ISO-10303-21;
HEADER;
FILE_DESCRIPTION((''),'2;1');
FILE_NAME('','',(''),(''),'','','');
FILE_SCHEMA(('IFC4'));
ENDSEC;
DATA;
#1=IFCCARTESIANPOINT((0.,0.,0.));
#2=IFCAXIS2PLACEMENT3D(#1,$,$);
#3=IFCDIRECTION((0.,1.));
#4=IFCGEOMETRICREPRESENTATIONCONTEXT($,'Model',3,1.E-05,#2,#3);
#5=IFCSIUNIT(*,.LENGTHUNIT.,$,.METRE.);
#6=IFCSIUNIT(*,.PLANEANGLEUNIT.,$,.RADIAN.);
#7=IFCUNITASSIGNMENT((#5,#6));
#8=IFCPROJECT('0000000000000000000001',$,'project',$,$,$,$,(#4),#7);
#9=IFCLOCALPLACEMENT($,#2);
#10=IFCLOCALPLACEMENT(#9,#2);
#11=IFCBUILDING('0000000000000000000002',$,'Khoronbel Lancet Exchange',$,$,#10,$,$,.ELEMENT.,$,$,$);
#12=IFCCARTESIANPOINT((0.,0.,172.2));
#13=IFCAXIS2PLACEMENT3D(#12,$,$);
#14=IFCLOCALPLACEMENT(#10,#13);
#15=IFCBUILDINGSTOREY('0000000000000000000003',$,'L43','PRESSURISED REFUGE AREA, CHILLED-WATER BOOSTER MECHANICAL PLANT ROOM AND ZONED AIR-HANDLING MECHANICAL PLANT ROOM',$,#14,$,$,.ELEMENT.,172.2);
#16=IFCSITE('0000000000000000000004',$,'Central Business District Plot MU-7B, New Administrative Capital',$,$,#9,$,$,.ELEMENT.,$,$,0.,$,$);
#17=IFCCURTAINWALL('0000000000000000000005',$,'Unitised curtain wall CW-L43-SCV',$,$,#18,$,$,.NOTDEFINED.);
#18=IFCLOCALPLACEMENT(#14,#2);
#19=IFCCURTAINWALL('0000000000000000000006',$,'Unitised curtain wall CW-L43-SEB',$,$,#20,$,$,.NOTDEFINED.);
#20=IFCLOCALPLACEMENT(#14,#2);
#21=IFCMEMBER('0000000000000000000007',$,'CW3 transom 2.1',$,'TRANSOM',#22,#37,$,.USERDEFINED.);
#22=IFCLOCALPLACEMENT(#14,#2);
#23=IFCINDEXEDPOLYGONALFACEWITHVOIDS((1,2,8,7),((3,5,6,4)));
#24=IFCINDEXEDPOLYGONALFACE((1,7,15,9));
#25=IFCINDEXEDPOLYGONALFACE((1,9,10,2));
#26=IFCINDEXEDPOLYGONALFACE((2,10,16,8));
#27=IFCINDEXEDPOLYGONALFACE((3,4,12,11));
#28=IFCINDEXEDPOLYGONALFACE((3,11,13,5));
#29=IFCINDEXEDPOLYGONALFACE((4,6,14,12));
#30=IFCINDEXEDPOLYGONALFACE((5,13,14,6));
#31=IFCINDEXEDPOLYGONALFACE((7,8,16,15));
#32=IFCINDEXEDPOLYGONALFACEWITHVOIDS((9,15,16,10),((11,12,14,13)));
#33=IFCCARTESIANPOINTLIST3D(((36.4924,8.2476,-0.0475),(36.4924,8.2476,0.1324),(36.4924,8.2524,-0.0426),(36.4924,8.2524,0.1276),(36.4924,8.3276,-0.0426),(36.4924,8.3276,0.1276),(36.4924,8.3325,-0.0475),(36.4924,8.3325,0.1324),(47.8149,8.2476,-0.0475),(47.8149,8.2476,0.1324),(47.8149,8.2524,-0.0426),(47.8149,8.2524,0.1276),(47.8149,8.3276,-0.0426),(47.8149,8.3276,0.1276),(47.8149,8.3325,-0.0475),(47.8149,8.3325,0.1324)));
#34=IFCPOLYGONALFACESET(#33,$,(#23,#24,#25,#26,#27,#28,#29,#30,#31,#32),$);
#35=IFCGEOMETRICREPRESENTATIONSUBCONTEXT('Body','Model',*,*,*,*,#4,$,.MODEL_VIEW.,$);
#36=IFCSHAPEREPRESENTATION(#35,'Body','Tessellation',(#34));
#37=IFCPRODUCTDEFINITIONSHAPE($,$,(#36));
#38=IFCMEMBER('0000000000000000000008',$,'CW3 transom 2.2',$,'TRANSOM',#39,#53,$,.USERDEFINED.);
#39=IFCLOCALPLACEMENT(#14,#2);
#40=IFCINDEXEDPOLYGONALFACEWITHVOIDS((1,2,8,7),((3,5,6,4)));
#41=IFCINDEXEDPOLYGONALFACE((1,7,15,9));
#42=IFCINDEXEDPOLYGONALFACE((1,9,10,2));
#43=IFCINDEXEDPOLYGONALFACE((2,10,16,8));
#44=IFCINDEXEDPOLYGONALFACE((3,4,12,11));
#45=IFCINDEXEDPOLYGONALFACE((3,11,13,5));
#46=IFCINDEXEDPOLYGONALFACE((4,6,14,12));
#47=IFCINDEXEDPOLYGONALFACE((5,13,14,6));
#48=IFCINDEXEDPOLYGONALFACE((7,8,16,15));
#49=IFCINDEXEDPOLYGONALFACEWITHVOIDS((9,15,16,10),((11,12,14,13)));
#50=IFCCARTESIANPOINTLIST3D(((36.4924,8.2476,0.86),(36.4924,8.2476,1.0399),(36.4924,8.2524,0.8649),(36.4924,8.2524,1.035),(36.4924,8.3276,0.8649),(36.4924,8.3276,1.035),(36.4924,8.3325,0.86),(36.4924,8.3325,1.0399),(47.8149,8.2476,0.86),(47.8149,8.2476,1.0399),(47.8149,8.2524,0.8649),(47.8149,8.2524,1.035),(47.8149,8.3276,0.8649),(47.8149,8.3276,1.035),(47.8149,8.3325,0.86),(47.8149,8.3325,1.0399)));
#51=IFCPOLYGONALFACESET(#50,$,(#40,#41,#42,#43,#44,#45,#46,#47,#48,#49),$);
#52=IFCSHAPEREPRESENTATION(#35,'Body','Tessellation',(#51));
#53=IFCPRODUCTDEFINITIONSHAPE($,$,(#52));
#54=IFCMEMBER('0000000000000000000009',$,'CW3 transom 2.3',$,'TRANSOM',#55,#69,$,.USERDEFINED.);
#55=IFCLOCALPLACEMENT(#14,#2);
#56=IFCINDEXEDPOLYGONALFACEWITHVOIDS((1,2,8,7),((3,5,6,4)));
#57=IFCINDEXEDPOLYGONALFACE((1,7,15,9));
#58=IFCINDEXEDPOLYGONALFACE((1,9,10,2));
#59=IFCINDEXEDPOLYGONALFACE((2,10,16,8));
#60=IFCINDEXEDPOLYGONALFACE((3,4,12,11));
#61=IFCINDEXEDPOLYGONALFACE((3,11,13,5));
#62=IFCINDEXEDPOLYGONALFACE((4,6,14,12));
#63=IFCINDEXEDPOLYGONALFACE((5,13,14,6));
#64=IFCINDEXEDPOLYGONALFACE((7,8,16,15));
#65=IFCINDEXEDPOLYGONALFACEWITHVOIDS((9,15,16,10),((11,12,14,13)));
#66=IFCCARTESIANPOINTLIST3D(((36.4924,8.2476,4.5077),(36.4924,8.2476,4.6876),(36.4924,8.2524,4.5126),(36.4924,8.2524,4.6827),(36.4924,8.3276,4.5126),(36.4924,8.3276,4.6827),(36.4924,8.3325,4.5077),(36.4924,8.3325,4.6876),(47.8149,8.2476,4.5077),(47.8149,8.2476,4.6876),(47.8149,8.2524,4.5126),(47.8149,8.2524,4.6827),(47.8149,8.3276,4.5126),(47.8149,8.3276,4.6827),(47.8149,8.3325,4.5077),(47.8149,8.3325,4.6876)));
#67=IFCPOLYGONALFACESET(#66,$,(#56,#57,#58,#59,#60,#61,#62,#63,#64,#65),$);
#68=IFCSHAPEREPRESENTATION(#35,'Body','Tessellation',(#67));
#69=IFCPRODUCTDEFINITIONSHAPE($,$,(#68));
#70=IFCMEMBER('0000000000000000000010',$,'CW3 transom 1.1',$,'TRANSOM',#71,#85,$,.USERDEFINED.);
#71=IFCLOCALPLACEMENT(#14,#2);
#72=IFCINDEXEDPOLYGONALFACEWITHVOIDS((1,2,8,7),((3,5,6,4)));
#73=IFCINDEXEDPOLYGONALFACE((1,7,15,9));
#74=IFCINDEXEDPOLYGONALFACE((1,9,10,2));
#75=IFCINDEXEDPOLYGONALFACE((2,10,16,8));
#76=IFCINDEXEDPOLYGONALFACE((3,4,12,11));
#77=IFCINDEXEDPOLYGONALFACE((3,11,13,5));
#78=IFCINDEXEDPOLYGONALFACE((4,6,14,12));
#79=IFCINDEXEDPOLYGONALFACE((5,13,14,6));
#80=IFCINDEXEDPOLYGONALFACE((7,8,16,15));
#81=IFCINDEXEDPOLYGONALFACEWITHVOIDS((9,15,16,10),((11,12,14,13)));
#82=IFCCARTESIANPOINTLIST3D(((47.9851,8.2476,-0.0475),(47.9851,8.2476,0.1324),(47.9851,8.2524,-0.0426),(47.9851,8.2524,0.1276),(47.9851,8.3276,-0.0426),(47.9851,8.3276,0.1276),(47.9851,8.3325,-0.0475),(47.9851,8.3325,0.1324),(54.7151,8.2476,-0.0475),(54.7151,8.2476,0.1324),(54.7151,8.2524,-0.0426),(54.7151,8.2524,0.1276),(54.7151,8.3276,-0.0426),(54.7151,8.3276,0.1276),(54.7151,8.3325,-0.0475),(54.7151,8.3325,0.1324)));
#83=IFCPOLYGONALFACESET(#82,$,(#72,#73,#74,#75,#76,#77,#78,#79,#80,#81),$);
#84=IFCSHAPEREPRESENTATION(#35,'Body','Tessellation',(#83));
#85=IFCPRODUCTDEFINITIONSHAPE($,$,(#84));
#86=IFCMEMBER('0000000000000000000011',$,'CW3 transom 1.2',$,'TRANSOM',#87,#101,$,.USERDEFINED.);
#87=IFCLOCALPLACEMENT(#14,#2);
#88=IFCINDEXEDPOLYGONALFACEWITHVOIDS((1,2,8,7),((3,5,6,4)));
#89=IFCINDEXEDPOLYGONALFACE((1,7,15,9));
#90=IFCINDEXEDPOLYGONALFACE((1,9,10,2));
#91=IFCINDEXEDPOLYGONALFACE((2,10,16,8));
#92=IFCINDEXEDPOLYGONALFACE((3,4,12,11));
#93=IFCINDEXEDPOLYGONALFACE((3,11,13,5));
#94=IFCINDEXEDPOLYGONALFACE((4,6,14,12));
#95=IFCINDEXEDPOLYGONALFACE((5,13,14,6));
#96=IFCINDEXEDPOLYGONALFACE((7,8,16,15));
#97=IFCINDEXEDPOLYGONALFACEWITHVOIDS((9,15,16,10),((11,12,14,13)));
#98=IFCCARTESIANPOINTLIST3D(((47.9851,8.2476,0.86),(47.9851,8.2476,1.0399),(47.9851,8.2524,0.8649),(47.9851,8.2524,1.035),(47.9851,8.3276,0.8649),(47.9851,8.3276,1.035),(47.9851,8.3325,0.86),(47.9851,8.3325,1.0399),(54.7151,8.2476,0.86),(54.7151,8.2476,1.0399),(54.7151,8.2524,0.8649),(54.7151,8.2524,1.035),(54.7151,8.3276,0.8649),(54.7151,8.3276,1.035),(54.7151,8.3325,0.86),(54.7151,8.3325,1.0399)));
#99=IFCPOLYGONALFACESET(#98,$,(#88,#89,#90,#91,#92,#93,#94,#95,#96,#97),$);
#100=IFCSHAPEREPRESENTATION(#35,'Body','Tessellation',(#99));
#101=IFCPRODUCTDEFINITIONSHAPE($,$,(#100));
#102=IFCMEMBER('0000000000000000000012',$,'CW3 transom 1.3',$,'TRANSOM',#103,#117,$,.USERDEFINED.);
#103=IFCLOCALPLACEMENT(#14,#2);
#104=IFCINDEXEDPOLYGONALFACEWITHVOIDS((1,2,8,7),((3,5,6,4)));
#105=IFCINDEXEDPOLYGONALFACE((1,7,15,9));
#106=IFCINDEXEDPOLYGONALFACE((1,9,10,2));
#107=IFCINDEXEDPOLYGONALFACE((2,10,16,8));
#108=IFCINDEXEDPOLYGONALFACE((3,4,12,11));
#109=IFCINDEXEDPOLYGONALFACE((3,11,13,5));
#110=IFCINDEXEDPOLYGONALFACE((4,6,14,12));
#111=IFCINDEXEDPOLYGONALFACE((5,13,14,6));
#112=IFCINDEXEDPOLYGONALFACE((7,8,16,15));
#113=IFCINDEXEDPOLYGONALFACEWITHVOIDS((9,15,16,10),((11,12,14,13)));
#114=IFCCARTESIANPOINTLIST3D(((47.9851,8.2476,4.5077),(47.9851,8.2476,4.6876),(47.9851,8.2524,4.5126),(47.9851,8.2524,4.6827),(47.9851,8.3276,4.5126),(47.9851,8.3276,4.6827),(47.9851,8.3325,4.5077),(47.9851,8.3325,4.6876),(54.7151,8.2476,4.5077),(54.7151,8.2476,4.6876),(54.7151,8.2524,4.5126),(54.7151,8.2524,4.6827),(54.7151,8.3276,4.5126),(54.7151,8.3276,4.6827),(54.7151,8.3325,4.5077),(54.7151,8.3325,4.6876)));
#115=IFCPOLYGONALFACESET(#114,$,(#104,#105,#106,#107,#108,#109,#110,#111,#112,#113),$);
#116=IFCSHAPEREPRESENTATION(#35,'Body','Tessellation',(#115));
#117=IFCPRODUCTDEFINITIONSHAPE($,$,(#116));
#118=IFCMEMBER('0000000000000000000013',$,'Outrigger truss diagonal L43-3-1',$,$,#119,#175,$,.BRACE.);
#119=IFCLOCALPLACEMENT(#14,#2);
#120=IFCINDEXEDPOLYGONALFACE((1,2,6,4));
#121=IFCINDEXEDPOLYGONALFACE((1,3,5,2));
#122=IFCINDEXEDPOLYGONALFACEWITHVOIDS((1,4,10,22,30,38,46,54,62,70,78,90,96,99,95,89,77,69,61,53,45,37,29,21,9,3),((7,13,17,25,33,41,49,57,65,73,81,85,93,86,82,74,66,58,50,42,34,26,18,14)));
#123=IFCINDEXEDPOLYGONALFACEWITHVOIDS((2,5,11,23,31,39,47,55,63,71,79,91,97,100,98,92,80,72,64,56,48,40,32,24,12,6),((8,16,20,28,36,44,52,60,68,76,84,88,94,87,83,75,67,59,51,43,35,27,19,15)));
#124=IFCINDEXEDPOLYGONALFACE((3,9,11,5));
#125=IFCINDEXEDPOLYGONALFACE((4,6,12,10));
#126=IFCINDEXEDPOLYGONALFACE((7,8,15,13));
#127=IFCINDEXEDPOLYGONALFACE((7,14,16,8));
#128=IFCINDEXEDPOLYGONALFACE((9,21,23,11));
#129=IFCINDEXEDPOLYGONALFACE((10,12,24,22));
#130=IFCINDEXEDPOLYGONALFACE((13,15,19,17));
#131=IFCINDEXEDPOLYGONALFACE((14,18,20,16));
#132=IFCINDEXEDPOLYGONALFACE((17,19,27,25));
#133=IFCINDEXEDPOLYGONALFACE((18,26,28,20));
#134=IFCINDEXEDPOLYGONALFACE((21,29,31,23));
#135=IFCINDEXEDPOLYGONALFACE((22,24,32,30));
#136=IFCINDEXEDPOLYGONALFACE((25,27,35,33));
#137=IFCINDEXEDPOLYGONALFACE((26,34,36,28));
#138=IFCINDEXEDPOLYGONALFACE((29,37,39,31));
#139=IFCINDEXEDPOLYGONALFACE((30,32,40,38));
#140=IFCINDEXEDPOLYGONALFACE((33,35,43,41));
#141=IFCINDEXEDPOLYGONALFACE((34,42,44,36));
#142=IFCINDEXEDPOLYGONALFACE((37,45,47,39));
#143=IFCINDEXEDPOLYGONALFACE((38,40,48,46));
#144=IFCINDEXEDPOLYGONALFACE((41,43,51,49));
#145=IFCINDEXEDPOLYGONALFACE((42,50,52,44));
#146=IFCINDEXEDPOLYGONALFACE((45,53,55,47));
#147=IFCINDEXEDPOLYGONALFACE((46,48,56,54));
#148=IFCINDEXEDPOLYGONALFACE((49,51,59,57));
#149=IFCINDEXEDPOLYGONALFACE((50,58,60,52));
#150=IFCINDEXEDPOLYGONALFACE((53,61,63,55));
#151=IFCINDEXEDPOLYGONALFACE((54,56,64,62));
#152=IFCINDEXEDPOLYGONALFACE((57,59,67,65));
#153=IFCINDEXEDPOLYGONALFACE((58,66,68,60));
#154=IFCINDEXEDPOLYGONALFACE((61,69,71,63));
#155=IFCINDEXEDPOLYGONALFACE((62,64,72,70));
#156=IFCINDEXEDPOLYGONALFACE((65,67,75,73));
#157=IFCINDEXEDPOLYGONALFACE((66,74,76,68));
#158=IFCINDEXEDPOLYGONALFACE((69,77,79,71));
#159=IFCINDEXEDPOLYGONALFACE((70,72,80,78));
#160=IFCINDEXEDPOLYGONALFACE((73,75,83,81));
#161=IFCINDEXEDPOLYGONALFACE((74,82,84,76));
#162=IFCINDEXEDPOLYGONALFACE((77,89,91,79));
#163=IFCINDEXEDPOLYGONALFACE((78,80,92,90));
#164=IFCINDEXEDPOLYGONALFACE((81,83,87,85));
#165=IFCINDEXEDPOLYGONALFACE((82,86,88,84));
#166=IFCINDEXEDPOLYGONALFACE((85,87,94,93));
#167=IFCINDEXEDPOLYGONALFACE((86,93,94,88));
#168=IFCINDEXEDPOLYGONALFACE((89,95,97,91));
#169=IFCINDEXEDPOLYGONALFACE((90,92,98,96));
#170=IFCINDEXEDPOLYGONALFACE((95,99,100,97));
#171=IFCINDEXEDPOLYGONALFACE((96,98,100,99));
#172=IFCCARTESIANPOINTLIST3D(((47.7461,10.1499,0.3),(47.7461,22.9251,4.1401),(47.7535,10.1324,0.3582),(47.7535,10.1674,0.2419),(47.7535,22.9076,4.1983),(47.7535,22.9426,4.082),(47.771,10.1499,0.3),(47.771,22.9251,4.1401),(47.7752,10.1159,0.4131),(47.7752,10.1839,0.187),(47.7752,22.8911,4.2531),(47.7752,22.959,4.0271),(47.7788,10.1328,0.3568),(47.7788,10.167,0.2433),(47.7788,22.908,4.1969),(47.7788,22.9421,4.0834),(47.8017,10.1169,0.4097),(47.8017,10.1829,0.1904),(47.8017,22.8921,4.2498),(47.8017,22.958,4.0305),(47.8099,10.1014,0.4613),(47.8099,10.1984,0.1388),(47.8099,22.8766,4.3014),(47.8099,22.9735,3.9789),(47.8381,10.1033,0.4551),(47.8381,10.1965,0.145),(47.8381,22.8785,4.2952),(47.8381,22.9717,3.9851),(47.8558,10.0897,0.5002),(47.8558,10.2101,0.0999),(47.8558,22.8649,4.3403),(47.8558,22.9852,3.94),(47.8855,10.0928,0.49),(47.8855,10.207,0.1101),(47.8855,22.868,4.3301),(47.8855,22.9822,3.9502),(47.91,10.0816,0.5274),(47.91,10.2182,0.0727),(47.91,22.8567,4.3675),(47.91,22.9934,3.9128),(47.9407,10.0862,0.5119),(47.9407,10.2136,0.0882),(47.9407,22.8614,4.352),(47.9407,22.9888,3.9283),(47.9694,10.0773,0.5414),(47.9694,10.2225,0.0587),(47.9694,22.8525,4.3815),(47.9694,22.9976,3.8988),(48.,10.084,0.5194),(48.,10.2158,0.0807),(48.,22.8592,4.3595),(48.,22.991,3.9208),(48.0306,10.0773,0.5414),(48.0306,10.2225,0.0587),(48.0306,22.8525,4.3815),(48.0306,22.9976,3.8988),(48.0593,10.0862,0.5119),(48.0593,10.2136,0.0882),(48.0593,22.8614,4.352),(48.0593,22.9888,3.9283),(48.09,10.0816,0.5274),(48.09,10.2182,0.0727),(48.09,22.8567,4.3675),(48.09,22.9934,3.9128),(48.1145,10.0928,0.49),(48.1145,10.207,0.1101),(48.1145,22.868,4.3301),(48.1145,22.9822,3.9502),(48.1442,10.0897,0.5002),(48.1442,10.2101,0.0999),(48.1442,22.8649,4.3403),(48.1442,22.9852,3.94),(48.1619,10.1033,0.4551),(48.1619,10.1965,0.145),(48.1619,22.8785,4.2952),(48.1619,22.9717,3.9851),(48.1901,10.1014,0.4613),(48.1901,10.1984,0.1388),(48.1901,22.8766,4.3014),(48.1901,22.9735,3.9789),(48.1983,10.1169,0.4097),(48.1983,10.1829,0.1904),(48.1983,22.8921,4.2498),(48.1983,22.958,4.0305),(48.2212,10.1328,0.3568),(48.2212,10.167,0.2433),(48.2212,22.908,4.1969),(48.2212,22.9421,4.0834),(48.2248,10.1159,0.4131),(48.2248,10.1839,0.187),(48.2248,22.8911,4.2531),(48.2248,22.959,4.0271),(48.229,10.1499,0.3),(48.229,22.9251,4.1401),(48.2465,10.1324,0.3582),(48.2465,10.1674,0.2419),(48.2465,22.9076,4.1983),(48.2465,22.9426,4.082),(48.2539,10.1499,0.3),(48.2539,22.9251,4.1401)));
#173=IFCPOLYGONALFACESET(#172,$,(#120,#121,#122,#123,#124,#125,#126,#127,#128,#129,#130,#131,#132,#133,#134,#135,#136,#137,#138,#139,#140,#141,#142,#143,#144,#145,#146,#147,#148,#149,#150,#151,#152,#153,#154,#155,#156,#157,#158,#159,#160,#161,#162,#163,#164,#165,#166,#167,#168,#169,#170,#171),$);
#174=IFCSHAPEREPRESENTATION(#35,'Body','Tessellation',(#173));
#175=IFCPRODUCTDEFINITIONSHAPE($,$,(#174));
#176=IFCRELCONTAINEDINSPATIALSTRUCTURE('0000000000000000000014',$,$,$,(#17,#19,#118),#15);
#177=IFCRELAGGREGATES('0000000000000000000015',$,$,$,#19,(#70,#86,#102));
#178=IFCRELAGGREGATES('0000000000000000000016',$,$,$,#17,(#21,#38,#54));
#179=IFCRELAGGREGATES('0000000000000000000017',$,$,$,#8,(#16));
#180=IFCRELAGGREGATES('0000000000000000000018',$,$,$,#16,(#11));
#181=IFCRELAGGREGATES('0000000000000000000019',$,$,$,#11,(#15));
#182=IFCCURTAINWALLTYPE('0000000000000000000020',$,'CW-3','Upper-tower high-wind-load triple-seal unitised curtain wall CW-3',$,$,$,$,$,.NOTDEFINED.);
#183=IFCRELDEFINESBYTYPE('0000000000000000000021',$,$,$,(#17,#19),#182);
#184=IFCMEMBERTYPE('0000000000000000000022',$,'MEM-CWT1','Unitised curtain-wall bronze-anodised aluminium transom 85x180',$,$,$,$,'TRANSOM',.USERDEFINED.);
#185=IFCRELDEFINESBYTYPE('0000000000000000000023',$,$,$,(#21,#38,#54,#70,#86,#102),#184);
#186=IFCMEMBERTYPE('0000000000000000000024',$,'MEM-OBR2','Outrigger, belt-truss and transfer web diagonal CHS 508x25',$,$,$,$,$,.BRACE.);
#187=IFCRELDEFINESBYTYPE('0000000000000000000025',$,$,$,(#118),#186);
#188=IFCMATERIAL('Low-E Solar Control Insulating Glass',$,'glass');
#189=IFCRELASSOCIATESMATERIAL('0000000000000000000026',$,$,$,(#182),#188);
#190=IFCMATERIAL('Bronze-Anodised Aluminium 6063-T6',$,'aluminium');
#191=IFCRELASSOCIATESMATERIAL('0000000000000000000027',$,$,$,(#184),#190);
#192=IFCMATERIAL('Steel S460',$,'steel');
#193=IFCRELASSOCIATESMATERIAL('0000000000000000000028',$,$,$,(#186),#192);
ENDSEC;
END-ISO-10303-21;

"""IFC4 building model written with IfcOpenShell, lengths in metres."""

from ifc_helpers import new_model, si_unit, direction, frame, origin, origin_2d, place, context, subcontext, project, spatial, hollow_rectangle, hollow_circle, extrude, material, material_profile, profile_set, type_object, element, aggregate, save


model = new_model("IFC4")

# Units and contexts
model_context = context("Model", 3, precision=1e-05, world=origin(), true_north=direction((0.0, 1.0)))
body_context = subcontext(model_context, "Body", "Model", "MODEL_VIEW")
ifc_project = project(units=[si_unit("LENGTHUNIT", "METRE"), si_unit("PLANEANGLEUNIT", "RADIAN")], contexts=[model_context])

# Site, building, storey
site_placement = place(None, origin())
site = spatial("IfcSite", under=ifc_project, at=site_placement, Name="Central Business District Plot MU-7B, New Administrative Capital", CompositionType="ELEMENT", RefElevation=0.0)
building_placement = place(site_placement, origin())
building = spatial("IfcBuilding", under=site, at=building_placement, Name="Khoronbel Lancet Exchange", CompositionType="ELEMENT")
storey_placement = place(building_placement, frame((0.0, 0.0, 172.2)))
storey = spatial("IfcBuildingStorey", under=building, at=storey_placement, Name="L43", Description="PRESSURISED REFUGE AREA, CHILLED-WATER BOOSTER MECHANICAL PLANT ROOM AND ZONED AIR-HANDLING MECHANICAL PLANT ROOM", CompositionType="ELEMENT", Elevation=172.2)

# Shared definitions
ifc_material_1 = material(Name="Steel S460", Category="steel")

# Curtain wall
ifc_material_2 = material(Name="Low-E Solar Control Insulating Glass", Category="glass")
curtain_wall_type = type_object("IfcCurtainWallType", Name="CW-3", Description="Upper-tower high-wind-load triple-seal unitised curtain wall CW-3", PredefinedType="NOTDEFINED", material=ifc_material_2)
curtain_wall_1_placement = place(storey_placement, origin())
curtain_wall_1 = element("IfcCurtainWall", 1, at=curtain_wall_1_placement, inside=storey, type_object=curtain_wall_type, Name="Unitised curtain wall CW-L43-SCV", PredefinedType="NOTDEFINED")
ifc_material_3 = material(Name="Bronze-Anodised Aluminium 6063-T6", Category="aluminium")

# Curtain wall
curtain_wall_2_placement = place(storey_placement, origin())
curtain_wall_2 = element("IfcCurtainWall", 2, at=curtain_wall_2_placement, inside=storey, type_object=curtain_wall_type, Name="Unitised curtain wall CW-L43-SEB", PredefinedType="NOTDEFINED")

# Members
ifc_material_profile_1 = material_profile(ifc_material_3, hollow_rectangle(XDim=0.085, YDim=0.1799, WallThickness=0.0049, at=origin_2d()), Name="ALU TRANSOM 85x180")
ifc_profile_set_1 = profile_set([ifc_material_profile_1], Name="Bronze-Anodised Aluminium 6063-T6")
member_type_1 = type_object("IfcMemberType", Name="MEM-CWT1", Description="Unitised curtain-wall bronze-anodised aluminium transom 85x180", ElementType="TRANSOM", PredefinedType="USERDEFINED", material=ifc_profile_set_1)
member_1_placement = place(storey_placement, frame((36.4924, 8.29, 0.0425), z_axis=(1.0, 0.0, 0.0), x_axis=(0.0, 1.0, 0.0)))
member_1 = element("IfcMember", 3, at=member_1_placement, type_object=member_type_1, Name="CW3 transom 2.1", ObjectType="TRANSOM", PredefinedType="USERDEFINED", context=body_context, shape_type="SweptSolid", body=[
    extrude(hollow_rectangle(XDim=0.085, YDim=0.1799, WallThickness=0.0049, at=origin_2d()), origin(), (0.0, 0.0, 1.0), 11.3225),
])
member_2_placement = place(storey_placement, frame((36.4924, 8.29, 0.95), z_axis=(1.0, 0.0, 0.0), x_axis=(0.0, 1.0, 0.0)))
member_2 = element("IfcMember", 4, at=member_2_placement, type_object=member_type_1, Name="CW3 transom 2.2", ObjectType="TRANSOM", PredefinedType="USERDEFINED", context=body_context, shape_type="SweptSolid", body=[
    extrude(hollow_rectangle(XDim=0.085, YDim=0.1799, WallThickness=0.0049, at=origin_2d()), origin(), (0.0, 0.0, 1.0), 11.3225),
])
member_3_placement = place(storey_placement, frame((36.4924, 8.29, 4.5977), z_axis=(1.0, 0.0, 0.0), x_axis=(0.0, 1.0, 0.0)))
member_3 = element("IfcMember", 5, at=member_3_placement, type_object=member_type_1, Name="CW3 transom 2.3", ObjectType="TRANSOM", PredefinedType="USERDEFINED", context=body_context, shape_type="SweptSolid", body=[
    extrude(hollow_rectangle(XDim=0.085, YDim=0.1799, WallThickness=0.0049, at=origin_2d()), origin(), (0.0, 0.0, 1.0), 11.3225),
])
member_4_placement = place(storey_placement, frame((47.9851, 8.29, 0.0425), z_axis=(1.0, 0.0, 0.0), x_axis=(0.0, 1.0, 0.0)))
member_4 = element("IfcMember", 6, at=member_4_placement, type_object=member_type_1, Name="CW3 transom 1.1", ObjectType="TRANSOM", PredefinedType="USERDEFINED", context=body_context, shape_type="SweptSolid", body=[
    extrude(hollow_rectangle(XDim=0.085, YDim=0.1799, WallThickness=0.0049, at=origin_2d()), origin(), (0.0, 0.0, 1.0), 6.73),
])
member_5_placement = place(storey_placement, frame((47.9851, 8.29, 0.95), z_axis=(1.0, 0.0, 0.0), x_axis=(0.0, 1.0, 0.0)))
member_5 = element("IfcMember", 7, at=member_5_placement, type_object=member_type_1, Name="CW3 transom 1.2", ObjectType="TRANSOM", PredefinedType="USERDEFINED", context=body_context, shape_type="SweptSolid", body=[
    extrude(hollow_rectangle(XDim=0.085, YDim=0.1799, WallThickness=0.0049, at=origin_2d()), origin(), (0.0, 0.0, 1.0), 6.73),
])
member_6_placement = place(storey_placement, frame((47.9851, 8.29, 4.5977), z_axis=(1.0, 0.0, 0.0), x_axis=(0.0, 1.0, 0.0)))
member_6 = element("IfcMember", 8, at=member_6_placement, type_object=member_type_1, Name="CW3 transom 1.3", ObjectType="TRANSOM", PredefinedType="USERDEFINED", context=body_context, shape_type="SweptSolid", body=[
    extrude(hollow_rectangle(XDim=0.085, YDim=0.1799, WallThickness=0.0049, at=origin_2d()), origin(), (0.0, 0.0, 1.0), 6.73),
])
aggregate(curtain_wall_2, [member_4, member_5, member_6])

# Member
ifc_material_profile_2 = material_profile(ifc_material_1, hollow_circle(Radius=0.2539, WallThickness=0.0249, at=origin_2d()), Name="CHS 508x25")
ifc_profile_set_2 = profile_set([ifc_material_profile_2], Name="Steel S460")
member_type_2 = type_object("IfcMemberType", Name="MEM-OBR2", Description="Outrigger, belt-truss and transfer web diagonal CHS 508x25", PredefinedType="BRACE", material=ifc_profile_set_2)
member_7_placement = place(storey_placement, frame((48.0, 10.1499, 0.3), z_axis=(0.0, 0.95767, 0.287867), x_axis=(-1.0, 0.0, 0.0)))
element("IfcMember", 9, at=member_7_placement, inside=storey, type_object=member_type_2, Name="Outrigger truss diagonal L43-3-1", PredefinedType="BRACE", context=body_context, shape_type="SweptSolid", body=[
    extrude(hollow_circle(Radius=0.2539, WallThickness=0.0249, at=origin_2d()), origin(), (0.0, 0.0, 1.0), 13.3398),
])

aggregate(curtain_wall_1, [member_1, member_2, member_3])

save(model, "model.ifc")
